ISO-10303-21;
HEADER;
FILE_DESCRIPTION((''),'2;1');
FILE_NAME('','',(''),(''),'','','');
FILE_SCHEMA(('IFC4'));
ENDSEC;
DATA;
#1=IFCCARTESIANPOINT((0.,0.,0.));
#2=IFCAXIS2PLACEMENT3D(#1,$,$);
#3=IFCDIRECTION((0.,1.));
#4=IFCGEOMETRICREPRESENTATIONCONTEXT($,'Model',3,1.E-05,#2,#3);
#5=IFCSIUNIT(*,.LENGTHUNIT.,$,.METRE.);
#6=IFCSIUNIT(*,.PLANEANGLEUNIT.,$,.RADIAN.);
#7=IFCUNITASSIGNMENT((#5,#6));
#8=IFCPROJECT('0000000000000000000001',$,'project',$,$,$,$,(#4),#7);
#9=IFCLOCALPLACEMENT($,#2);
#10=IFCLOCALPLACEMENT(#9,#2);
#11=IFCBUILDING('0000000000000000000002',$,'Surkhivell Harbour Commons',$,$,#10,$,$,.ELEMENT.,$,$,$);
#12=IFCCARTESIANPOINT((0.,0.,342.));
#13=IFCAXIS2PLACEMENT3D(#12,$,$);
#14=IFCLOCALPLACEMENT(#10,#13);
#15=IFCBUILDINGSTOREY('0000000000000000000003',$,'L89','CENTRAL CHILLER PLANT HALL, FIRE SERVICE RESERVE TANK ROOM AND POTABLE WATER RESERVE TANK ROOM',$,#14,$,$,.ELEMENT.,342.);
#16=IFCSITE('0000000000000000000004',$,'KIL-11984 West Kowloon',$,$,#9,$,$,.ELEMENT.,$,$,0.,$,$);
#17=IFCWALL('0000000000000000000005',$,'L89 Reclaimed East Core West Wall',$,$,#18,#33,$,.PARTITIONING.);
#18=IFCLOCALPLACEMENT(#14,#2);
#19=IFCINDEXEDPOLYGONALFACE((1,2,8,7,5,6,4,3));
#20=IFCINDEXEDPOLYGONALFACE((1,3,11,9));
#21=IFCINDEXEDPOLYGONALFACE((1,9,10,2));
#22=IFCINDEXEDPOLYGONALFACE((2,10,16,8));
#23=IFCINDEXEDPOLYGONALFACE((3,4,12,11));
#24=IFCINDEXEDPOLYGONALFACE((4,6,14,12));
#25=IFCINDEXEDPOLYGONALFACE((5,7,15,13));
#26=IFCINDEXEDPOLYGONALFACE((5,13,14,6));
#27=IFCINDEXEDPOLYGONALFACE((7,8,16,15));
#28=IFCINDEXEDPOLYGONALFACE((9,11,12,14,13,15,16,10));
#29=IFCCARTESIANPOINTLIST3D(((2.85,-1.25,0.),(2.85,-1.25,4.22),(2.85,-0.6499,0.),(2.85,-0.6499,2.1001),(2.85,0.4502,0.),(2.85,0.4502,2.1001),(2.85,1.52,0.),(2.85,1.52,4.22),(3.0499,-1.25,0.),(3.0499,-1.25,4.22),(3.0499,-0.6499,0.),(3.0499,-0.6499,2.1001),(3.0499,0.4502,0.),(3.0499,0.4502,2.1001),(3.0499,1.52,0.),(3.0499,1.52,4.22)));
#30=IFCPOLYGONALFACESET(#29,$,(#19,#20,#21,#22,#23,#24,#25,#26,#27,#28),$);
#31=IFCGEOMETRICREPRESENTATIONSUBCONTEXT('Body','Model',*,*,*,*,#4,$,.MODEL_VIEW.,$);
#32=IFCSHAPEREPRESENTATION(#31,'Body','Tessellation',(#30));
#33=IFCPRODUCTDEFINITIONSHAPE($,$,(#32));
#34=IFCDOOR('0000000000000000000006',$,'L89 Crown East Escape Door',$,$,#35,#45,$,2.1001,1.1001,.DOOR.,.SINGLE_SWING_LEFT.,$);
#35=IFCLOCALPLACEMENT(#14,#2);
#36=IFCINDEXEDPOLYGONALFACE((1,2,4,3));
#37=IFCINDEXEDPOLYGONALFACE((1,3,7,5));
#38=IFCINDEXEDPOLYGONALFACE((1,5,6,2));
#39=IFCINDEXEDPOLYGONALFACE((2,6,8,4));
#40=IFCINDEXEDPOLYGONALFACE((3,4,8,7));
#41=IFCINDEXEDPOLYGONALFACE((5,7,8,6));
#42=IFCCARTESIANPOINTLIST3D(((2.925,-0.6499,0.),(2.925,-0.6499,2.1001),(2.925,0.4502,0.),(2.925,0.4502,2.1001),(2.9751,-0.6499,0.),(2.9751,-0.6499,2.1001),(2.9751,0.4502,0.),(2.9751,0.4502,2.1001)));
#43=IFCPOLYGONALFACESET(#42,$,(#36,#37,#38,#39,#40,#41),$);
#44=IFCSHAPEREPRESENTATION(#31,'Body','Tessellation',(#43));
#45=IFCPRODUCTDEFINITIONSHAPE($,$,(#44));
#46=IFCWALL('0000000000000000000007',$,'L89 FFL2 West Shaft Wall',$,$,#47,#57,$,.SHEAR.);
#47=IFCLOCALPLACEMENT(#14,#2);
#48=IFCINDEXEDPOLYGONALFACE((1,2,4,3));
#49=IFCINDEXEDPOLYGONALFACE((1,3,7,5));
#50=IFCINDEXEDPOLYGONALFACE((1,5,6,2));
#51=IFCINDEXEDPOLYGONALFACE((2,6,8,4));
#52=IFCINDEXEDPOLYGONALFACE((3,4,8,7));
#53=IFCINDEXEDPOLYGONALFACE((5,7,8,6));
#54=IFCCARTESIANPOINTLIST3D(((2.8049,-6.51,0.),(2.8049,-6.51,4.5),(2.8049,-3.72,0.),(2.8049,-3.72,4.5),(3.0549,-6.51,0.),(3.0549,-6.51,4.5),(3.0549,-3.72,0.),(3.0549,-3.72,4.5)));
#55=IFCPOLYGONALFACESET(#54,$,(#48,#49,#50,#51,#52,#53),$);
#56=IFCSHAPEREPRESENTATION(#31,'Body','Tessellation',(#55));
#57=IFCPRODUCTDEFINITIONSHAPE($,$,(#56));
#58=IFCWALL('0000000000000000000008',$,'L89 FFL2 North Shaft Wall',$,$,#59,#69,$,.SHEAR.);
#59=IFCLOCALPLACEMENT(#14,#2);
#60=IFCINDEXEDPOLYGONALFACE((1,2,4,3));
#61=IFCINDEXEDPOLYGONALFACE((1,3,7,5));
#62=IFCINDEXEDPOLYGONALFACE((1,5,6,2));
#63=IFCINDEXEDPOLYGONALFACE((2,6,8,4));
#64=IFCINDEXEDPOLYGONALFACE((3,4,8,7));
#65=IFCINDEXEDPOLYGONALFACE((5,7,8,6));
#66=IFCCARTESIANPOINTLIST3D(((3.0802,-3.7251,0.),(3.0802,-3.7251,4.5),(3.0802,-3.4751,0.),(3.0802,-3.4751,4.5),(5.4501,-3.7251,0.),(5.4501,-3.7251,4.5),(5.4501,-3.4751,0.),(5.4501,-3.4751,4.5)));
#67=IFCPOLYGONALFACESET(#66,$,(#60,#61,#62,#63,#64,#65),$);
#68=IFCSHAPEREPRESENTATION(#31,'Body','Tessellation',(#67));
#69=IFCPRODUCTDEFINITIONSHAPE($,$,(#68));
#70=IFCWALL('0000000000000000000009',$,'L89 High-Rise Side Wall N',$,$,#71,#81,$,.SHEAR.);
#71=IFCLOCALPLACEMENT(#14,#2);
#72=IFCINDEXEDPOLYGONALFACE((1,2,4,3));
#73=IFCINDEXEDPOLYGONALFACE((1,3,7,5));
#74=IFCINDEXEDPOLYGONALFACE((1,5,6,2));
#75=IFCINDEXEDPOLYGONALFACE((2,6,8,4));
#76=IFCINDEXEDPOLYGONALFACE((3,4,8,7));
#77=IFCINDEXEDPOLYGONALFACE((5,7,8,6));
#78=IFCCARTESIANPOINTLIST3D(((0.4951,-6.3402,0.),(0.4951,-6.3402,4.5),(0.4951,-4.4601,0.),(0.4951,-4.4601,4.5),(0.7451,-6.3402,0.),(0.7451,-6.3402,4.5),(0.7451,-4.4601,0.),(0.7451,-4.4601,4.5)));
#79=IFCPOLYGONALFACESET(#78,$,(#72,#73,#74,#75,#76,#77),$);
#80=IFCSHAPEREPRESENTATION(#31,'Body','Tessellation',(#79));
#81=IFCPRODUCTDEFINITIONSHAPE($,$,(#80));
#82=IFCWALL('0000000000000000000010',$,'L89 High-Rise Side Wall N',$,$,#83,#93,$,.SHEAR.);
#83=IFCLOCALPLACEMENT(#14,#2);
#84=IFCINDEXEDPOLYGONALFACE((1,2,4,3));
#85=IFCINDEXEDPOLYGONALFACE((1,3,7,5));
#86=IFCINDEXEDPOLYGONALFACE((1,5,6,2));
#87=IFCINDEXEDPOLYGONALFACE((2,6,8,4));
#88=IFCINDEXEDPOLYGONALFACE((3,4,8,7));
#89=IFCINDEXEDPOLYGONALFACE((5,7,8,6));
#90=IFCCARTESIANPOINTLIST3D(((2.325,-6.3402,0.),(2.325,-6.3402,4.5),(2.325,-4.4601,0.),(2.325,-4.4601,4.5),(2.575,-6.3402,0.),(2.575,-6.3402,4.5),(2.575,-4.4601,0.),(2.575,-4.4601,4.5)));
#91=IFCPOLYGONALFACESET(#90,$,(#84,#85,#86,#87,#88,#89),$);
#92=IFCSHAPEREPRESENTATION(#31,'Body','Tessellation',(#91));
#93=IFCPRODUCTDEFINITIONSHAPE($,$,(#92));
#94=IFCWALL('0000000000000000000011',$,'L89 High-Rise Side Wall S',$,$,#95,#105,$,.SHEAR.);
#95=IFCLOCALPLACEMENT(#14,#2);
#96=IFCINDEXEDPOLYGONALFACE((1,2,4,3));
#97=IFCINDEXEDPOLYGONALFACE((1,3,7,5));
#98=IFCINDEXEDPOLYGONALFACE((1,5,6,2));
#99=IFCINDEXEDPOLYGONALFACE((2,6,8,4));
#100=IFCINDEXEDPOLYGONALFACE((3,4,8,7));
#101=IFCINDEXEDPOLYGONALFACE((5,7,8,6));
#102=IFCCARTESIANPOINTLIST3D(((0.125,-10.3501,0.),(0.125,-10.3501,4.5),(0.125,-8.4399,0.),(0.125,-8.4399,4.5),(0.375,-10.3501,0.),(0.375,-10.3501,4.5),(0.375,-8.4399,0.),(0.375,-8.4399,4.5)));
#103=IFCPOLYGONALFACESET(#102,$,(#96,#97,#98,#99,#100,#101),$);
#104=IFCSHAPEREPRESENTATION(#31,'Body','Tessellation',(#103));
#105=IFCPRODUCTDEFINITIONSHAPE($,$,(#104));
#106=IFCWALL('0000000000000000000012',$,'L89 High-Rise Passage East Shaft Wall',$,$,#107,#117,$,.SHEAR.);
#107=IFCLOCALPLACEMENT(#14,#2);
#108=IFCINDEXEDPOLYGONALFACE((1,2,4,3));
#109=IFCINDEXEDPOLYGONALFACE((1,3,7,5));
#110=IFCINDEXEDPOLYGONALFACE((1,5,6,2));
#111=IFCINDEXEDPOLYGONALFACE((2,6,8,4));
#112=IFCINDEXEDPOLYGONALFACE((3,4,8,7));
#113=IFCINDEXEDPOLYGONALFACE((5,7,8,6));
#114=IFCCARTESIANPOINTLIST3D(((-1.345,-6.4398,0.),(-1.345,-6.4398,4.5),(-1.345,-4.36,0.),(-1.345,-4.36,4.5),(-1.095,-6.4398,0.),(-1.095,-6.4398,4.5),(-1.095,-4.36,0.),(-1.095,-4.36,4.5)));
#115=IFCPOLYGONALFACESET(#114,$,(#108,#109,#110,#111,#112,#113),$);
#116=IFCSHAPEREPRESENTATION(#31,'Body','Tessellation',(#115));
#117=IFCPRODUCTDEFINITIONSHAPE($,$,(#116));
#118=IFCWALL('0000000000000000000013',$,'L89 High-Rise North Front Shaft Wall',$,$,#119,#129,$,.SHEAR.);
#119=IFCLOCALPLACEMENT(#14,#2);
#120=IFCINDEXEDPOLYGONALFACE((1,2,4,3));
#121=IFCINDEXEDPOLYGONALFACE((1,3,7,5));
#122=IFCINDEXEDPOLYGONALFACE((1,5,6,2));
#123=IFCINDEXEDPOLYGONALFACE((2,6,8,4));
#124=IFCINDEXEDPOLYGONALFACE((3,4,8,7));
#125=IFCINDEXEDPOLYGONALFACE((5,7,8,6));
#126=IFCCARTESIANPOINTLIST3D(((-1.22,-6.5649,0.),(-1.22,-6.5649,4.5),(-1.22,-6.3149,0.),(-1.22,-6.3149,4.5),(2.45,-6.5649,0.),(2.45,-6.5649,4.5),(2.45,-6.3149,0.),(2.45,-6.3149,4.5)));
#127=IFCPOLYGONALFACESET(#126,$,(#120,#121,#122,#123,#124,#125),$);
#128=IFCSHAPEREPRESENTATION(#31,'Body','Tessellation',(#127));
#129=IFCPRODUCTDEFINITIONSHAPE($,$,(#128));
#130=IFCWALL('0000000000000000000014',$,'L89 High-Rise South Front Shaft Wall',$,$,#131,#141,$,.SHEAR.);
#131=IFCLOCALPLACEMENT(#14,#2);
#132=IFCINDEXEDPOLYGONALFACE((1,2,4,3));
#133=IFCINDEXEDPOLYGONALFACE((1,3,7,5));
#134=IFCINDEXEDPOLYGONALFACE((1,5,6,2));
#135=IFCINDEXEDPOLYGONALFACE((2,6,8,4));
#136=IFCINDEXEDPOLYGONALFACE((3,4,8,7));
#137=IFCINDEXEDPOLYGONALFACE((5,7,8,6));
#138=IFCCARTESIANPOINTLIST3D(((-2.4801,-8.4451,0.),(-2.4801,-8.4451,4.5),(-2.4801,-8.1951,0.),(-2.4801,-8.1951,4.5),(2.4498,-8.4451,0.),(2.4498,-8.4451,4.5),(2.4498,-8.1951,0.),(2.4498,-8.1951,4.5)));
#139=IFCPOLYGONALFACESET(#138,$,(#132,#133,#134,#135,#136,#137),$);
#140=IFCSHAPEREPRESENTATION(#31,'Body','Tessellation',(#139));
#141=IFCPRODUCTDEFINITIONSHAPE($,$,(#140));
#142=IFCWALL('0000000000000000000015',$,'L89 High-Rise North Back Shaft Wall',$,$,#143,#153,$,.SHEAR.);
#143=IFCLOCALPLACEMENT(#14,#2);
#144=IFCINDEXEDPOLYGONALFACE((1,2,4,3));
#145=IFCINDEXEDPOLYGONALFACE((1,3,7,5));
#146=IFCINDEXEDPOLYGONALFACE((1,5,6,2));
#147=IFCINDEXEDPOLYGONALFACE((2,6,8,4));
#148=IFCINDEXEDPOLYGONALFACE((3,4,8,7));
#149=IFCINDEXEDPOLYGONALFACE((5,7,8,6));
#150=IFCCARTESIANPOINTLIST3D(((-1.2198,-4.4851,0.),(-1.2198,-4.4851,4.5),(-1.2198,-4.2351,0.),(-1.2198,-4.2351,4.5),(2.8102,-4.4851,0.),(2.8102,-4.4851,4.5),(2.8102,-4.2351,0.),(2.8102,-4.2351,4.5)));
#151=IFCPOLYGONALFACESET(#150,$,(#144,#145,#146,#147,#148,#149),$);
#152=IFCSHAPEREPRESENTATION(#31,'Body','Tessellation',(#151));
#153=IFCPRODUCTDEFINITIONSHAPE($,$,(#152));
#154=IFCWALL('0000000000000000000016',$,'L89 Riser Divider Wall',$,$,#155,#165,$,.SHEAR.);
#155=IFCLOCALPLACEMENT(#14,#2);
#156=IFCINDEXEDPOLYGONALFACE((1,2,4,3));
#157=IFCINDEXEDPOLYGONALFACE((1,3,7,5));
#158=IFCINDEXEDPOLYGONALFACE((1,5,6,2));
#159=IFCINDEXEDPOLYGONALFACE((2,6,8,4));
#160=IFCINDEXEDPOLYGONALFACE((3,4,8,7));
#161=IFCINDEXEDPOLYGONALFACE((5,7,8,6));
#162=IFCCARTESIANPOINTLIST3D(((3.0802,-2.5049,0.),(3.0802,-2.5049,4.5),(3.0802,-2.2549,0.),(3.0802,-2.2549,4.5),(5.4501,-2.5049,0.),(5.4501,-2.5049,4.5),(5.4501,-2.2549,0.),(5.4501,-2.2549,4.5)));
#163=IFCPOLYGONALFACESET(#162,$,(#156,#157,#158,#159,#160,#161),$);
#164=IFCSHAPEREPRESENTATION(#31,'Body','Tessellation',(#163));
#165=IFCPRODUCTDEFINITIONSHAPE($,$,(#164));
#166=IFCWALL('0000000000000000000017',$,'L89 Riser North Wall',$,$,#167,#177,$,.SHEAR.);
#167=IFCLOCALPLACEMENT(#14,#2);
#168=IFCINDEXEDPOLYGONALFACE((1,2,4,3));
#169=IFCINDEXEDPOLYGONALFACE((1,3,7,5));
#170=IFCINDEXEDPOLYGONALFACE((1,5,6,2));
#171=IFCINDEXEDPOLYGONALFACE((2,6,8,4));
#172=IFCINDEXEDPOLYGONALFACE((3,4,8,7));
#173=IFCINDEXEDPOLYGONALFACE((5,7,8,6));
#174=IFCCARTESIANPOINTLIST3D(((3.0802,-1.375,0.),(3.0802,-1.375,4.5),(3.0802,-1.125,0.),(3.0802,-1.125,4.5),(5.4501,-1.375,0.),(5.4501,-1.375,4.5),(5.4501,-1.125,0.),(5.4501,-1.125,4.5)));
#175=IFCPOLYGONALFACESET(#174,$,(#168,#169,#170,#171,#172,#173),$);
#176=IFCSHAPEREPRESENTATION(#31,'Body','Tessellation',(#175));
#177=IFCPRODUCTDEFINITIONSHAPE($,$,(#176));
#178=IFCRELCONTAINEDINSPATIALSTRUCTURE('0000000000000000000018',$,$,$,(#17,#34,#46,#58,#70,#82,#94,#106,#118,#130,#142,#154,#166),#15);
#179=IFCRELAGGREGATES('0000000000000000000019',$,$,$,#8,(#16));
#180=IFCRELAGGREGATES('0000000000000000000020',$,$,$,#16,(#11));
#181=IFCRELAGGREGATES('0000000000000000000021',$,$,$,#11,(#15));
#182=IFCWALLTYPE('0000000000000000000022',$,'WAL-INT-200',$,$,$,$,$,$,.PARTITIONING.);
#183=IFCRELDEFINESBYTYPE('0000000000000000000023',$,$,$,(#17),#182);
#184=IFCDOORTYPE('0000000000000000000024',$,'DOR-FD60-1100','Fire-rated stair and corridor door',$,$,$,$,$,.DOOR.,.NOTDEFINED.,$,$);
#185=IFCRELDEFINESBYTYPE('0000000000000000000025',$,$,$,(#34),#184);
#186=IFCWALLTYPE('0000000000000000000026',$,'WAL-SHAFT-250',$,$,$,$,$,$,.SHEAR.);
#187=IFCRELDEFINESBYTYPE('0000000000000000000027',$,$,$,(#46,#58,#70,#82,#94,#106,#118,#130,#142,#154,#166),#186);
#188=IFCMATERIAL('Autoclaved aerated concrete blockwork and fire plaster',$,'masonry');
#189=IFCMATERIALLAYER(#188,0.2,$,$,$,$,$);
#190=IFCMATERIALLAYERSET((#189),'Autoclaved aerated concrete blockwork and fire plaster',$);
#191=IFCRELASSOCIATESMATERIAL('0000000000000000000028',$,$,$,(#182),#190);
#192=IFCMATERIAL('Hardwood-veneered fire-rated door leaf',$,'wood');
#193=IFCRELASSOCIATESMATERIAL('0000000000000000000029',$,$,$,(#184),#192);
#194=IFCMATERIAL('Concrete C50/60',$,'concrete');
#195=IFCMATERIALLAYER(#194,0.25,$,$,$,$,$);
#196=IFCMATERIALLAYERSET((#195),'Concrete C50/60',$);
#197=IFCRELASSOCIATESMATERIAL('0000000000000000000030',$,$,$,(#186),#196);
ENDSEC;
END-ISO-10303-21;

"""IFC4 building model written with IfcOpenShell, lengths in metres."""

from ifc_helpers import new_model, si_unit, direction, frame, frame_2d, origin, place, context, subcontext, project, spatial, rectangle, extrude, material, layer, layer_set, type_object, element, fill, save


model = new_model("IFC4")

# Units and contexts
model_context = context("Model", 3, precision=1e-05, world=origin(), true_north=direction((0.0, 1.0)))
body_context = subcontext(model_context, "Body", "Model", "MODEL_VIEW")
ifc_project = project(units=[si_unit("LENGTHUNIT", "METRE"), si_unit("PLANEANGLEUNIT", "RADIAN")], contexts=[model_context])

# Site, building, storey
site_placement = place(None, origin())
site = spatial("IfcSite", under=ifc_project, at=site_placement, Name="KIL-11984 West Kowloon", CompositionType="ELEMENT", RefElevation=0.0)
building_placement = place(site_placement, origin())
building = spatial("IfcBuilding", under=site, at=building_placement, Name="Surkhivell Harbour Commons", CompositionType="ELEMENT")
storey_placement = place(building_placement, frame((0.0, 0.0, 342.0)))
storey = spatial("IfcBuildingStorey", under=building, at=storey_placement, Name="L89", Description="CENTRAL CHILLER PLANT HALL, FIRE SERVICE RESERVE TANK ROOM AND POTABLE WATER RESERVE TANK ROOM", CompositionType="ELEMENT", Elevation=342.0)

# Shared definitions
ifc_material_1 = material(Name="Concrete C50/60", Category="concrete")

# Wall, opening, door
ifc_material_2 = material(Name="Hardwood-veneered fire-rated door leaf", Category="wood")
ifc_material_3 = material(Name="Autoclaved aerated concrete blockwork and fire plaster", Category="masonry")
ifc_layer_1 = layer(ifc_material_3, 0.2)
ifc_layer_set_1 = layer_set([ifc_layer_1], Name="Autoclaved aerated concrete blockwork and fire plaster")
wall_type_1 = type_object("IfcWallType", Name="WAL-INT-200", PredefinedType="PARTITIONING", material=ifc_layer_set_1)
wall_1_placement = place(storey_placement, frame((2.95, -1.25, 0.0), z_axis=(0.0, 0.0, 1.0), x_axis=(0.0, 1.0, 0.0)))
wall_1 = element("IfcWall", 1, at=wall_1_placement, inside=storey, type_object=wall_type_1, Name="L89 Reclaimed East Core West Wall", PredefinedType="PARTITIONING", context=body_context, shape_type="SweptSolid", body=[
    extrude(rectangle(XDim=2.77, YDim=0.2, at=frame_2d((1.385, 0.0))), origin(), (0.0, 0.0, 1.0), 4.22),
])
opening_1_placement = place(wall_1_placement, frame((0.6001, 0.0, 0.0)))
opening_1 = element("IfcOpeningElement", 2, at=opening_1_placement, cuts=wall_1, PredefinedType="OPENING", context=body_context, shape_type="SweptSolid", body=[
    extrude(rectangle(XDim=1.1001, YDim=2.1001, at=frame_2d((0.55, 1.05))), frame((0.0, 0.1099, 0.0), z_axis=(0.0, -1.0, 0.0), x_axis=(1.0, 0.0, 0.0)), (0.0, 0.0, 1.0), 0.22),
])
door_type_1 = type_object("IfcDoorType", Name="DOR-FD60-1100", Description="Fire-rated stair and corridor door", OperationType="NOTDEFINED", PredefinedType="DOOR", material=ifc_material_2)
door_1_placement = place(opening_1_placement, origin())
door_1 = element("IfcDoor", 3, at=door_1_placement, inside=storey, type_object=door_type_1, Name="L89 Crown East Escape Door", OperationType="SINGLE_SWING_LEFT", OverallHeight=2.1001, OverallWidth=1.1001, PredefinedType="DOOR", context=body_context, shape_type="SweptSolid", body=[
    extrude(rectangle(XDim=1.1001, YDim=2.1001, at=frame_2d((0.55, 1.05))), frame((0.0, 0.0249, 0.0), z_axis=(0.0, -1.0, 0.0), x_axis=(1.0, 0.0, 0.0)), (0.0, 0.0, 1.0), 0.05),
])
fill(opening_1, door_1)

# Walls
ifc_layer_2 = layer(ifc_material_1, 0.25)
ifc_layer_set_2 = layer_set([ifc_layer_2], Name="Concrete C50/60")
wall_type_2 = type_object("IfcWallType", Name="WAL-SHAFT-250", PredefinedType="SHEAR", material=ifc_layer_set_2)
wall_2_placement = place(storey_placement, frame((2.9299, -6.51, 0.0), z_axis=(0.0, 0.0, 1.0), x_axis=(0.0, 1.0, 0.0)))
element("IfcWall", 4, at=wall_2_placement, inside=storey, type_object=wall_type_2, Name="L89 FFL2 West Shaft Wall", PredefinedType="SHEAR", context=body_context, shape_type="SweptSolid", body=[
    extrude(rectangle(XDim=2.79, YDim=0.25, at=frame_2d((1.395, 0.0))), origin(), (0.0, 0.0, 1.0), 4.5),
])
wall_3_placement = place(storey_placement, frame((3.0801, -3.6001, 0.0), z_axis=(0.0, 0.0, 1.0), x_axis=(1.0, 0.0, 0.0)))
element("IfcWall", 5, at=wall_3_placement, inside=storey, type_object=wall_type_2, Name="L89 FFL2 North Shaft Wall", PredefinedType="SHEAR", context=body_context, shape_type="SweptSolid", body=[
    extrude(rectangle(XDim=2.3699, YDim=0.25, at=frame_2d((1.1851, 0.0))), origin(), (0.0, 0.0, 1.0), 4.5),
])
for number, where, z_axis, x_axis, name in (
    (6, (0.6201, -6.3401, 0.0), (0.0, 0.0, 1.0), (0.0, 1.0, 0.0), "L89 High-Rise Side Wall N"),
    (7, (2.45, -6.3401, 0.0), (0.0, 0.0, 1.0), (0.0, 1.0, 0.0), "L89 High-Rise Side Wall N"),
):
    element("IfcWall", number, at=place(storey_placement, frame(where, z_axis=z_axis, x_axis=x_axis)), inside=storey, type_object=wall_type_2, Name=name, PredefinedType="SHEAR", context=body_context, shape_type="SweptSolid", body=[
        extrude(rectangle(XDim=1.8801, YDim=0.25, at=frame_2d((0.9399, 0.0))), origin(), (0.0, 0.0, 1.0), 4.5),
    ])
wall_4_placement = place(storey_placement, frame((0.25, -10.3501, 0.0), z_axis=(0.0, 0.0, 1.0), x_axis=(0.0, 1.0, 0.0)))
element("IfcWall", 8, at=wall_4_placement, inside=storey, type_object=wall_type_2, Name="L89 High-Rise Side Wall S", PredefinedType="SHEAR", context=body_context, shape_type="SweptSolid", body=[
    extrude(rectangle(XDim=1.9102, YDim=0.25, at=frame_2d((0.9551, 0.0))), origin(), (0.0, 0.0, 1.0), 4.5),
])
wall_5_placement = place(storey_placement, frame((-1.22, -6.4399, 0.0), z_axis=(0.0, 0.0, 1.0), x_axis=(0.0, 1.0, 0.0)))
element("IfcWall", 9, at=wall_5_placement, inside=storey, type_object=wall_type_2, Name="L89 High-Rise Passage East Shaft Wall", PredefinedType="SHEAR", context=body_context, shape_type="SweptSolid", body=[
    extrude(rectangle(XDim=2.0798, YDim=0.25, at=frame_2d((1.04, 0.0))), origin(), (0.0, 0.0, 1.0), 4.5),
])
wall_6_placement = place(storey_placement, frame((-1.22, -6.4399, 0.0), z_axis=(0.0, 0.0, 1.0), x_axis=(1.0, 0.0, 0.0)))
element("IfcWall", 10, at=wall_6_placement, inside=storey, type_object=wall_type_2, Name="L89 High-Rise North Front Shaft Wall", PredefinedType="SHEAR", context=body_context, shape_type="SweptSolid", body=[
    extrude(rectangle(XDim=3.6699, YDim=0.25, at=frame_2d((1.835, 0.0))), origin(), (0.0, 0.0, 1.0), 4.5),
])
wall_7_placement = place(storey_placement, frame((-2.48, -8.3201, 0.0), z_axis=(0.0, 0.0, 1.0), x_axis=(1.0, 0.0, 0.0)))
element("IfcWall", 11, at=wall_7_placement, inside=storey, type_object=wall_type_2, Name="L89 High-Rise South Front Shaft Wall", PredefinedType="SHEAR", context=body_context, shape_type="SweptSolid", body=[
    extrude(rectangle(XDim=4.9299, YDim=0.25, at=frame_2d((2.4648, 0.0))), origin(), (0.0, 0.0, 1.0), 4.5),
])
wall_8_placement = place(storey_placement, frame((-1.22, -4.3601, 0.0), z_axis=(0.0, 0.0, 1.0), x_axis=(1.0, 0.0, 0.0)))
element("IfcWall", 12, at=wall_8_placement, inside=storey, type_object=wall_type_2, Name="L89 High-Rise North Back Shaft Wall", PredefinedType="SHEAR", context=body_context, shape_type="SweptSolid", body=[
    extrude(rectangle(XDim=4.03, YDim=0.25, at=frame_2d((2.0151, 0.0))), origin(), (0.0, 0.0, 1.0), 4.5),
])
for number, where, z_axis, x_axis, name in (
    (13, (3.0801, -2.3799, 0.0), (0.0, 0.0, 1.0), (1.0, 0.0, 0.0), "L89 Riser Divider Wall"),
    (14, (3.0801, -1.25, 0.0), (0.0, 0.0, 1.0), (1.0, 0.0, 0.0), "L89 Riser North Wall"),
):
    element("IfcWall", number, at=place(storey_placement, frame(where, z_axis=z_axis, x_axis=x_axis)), inside=storey, type_object=wall_type_2, Name=name, PredefinedType="SHEAR", context=body_context, shape_type="SweptSolid", body=[
        extrude(rectangle(XDim=2.3699, YDim=0.25, at=frame_2d((1.1851, 0.0))), origin(), (0.0, 0.0, 1.0), 4.5),
    ])

save(model, "model.ifc")
